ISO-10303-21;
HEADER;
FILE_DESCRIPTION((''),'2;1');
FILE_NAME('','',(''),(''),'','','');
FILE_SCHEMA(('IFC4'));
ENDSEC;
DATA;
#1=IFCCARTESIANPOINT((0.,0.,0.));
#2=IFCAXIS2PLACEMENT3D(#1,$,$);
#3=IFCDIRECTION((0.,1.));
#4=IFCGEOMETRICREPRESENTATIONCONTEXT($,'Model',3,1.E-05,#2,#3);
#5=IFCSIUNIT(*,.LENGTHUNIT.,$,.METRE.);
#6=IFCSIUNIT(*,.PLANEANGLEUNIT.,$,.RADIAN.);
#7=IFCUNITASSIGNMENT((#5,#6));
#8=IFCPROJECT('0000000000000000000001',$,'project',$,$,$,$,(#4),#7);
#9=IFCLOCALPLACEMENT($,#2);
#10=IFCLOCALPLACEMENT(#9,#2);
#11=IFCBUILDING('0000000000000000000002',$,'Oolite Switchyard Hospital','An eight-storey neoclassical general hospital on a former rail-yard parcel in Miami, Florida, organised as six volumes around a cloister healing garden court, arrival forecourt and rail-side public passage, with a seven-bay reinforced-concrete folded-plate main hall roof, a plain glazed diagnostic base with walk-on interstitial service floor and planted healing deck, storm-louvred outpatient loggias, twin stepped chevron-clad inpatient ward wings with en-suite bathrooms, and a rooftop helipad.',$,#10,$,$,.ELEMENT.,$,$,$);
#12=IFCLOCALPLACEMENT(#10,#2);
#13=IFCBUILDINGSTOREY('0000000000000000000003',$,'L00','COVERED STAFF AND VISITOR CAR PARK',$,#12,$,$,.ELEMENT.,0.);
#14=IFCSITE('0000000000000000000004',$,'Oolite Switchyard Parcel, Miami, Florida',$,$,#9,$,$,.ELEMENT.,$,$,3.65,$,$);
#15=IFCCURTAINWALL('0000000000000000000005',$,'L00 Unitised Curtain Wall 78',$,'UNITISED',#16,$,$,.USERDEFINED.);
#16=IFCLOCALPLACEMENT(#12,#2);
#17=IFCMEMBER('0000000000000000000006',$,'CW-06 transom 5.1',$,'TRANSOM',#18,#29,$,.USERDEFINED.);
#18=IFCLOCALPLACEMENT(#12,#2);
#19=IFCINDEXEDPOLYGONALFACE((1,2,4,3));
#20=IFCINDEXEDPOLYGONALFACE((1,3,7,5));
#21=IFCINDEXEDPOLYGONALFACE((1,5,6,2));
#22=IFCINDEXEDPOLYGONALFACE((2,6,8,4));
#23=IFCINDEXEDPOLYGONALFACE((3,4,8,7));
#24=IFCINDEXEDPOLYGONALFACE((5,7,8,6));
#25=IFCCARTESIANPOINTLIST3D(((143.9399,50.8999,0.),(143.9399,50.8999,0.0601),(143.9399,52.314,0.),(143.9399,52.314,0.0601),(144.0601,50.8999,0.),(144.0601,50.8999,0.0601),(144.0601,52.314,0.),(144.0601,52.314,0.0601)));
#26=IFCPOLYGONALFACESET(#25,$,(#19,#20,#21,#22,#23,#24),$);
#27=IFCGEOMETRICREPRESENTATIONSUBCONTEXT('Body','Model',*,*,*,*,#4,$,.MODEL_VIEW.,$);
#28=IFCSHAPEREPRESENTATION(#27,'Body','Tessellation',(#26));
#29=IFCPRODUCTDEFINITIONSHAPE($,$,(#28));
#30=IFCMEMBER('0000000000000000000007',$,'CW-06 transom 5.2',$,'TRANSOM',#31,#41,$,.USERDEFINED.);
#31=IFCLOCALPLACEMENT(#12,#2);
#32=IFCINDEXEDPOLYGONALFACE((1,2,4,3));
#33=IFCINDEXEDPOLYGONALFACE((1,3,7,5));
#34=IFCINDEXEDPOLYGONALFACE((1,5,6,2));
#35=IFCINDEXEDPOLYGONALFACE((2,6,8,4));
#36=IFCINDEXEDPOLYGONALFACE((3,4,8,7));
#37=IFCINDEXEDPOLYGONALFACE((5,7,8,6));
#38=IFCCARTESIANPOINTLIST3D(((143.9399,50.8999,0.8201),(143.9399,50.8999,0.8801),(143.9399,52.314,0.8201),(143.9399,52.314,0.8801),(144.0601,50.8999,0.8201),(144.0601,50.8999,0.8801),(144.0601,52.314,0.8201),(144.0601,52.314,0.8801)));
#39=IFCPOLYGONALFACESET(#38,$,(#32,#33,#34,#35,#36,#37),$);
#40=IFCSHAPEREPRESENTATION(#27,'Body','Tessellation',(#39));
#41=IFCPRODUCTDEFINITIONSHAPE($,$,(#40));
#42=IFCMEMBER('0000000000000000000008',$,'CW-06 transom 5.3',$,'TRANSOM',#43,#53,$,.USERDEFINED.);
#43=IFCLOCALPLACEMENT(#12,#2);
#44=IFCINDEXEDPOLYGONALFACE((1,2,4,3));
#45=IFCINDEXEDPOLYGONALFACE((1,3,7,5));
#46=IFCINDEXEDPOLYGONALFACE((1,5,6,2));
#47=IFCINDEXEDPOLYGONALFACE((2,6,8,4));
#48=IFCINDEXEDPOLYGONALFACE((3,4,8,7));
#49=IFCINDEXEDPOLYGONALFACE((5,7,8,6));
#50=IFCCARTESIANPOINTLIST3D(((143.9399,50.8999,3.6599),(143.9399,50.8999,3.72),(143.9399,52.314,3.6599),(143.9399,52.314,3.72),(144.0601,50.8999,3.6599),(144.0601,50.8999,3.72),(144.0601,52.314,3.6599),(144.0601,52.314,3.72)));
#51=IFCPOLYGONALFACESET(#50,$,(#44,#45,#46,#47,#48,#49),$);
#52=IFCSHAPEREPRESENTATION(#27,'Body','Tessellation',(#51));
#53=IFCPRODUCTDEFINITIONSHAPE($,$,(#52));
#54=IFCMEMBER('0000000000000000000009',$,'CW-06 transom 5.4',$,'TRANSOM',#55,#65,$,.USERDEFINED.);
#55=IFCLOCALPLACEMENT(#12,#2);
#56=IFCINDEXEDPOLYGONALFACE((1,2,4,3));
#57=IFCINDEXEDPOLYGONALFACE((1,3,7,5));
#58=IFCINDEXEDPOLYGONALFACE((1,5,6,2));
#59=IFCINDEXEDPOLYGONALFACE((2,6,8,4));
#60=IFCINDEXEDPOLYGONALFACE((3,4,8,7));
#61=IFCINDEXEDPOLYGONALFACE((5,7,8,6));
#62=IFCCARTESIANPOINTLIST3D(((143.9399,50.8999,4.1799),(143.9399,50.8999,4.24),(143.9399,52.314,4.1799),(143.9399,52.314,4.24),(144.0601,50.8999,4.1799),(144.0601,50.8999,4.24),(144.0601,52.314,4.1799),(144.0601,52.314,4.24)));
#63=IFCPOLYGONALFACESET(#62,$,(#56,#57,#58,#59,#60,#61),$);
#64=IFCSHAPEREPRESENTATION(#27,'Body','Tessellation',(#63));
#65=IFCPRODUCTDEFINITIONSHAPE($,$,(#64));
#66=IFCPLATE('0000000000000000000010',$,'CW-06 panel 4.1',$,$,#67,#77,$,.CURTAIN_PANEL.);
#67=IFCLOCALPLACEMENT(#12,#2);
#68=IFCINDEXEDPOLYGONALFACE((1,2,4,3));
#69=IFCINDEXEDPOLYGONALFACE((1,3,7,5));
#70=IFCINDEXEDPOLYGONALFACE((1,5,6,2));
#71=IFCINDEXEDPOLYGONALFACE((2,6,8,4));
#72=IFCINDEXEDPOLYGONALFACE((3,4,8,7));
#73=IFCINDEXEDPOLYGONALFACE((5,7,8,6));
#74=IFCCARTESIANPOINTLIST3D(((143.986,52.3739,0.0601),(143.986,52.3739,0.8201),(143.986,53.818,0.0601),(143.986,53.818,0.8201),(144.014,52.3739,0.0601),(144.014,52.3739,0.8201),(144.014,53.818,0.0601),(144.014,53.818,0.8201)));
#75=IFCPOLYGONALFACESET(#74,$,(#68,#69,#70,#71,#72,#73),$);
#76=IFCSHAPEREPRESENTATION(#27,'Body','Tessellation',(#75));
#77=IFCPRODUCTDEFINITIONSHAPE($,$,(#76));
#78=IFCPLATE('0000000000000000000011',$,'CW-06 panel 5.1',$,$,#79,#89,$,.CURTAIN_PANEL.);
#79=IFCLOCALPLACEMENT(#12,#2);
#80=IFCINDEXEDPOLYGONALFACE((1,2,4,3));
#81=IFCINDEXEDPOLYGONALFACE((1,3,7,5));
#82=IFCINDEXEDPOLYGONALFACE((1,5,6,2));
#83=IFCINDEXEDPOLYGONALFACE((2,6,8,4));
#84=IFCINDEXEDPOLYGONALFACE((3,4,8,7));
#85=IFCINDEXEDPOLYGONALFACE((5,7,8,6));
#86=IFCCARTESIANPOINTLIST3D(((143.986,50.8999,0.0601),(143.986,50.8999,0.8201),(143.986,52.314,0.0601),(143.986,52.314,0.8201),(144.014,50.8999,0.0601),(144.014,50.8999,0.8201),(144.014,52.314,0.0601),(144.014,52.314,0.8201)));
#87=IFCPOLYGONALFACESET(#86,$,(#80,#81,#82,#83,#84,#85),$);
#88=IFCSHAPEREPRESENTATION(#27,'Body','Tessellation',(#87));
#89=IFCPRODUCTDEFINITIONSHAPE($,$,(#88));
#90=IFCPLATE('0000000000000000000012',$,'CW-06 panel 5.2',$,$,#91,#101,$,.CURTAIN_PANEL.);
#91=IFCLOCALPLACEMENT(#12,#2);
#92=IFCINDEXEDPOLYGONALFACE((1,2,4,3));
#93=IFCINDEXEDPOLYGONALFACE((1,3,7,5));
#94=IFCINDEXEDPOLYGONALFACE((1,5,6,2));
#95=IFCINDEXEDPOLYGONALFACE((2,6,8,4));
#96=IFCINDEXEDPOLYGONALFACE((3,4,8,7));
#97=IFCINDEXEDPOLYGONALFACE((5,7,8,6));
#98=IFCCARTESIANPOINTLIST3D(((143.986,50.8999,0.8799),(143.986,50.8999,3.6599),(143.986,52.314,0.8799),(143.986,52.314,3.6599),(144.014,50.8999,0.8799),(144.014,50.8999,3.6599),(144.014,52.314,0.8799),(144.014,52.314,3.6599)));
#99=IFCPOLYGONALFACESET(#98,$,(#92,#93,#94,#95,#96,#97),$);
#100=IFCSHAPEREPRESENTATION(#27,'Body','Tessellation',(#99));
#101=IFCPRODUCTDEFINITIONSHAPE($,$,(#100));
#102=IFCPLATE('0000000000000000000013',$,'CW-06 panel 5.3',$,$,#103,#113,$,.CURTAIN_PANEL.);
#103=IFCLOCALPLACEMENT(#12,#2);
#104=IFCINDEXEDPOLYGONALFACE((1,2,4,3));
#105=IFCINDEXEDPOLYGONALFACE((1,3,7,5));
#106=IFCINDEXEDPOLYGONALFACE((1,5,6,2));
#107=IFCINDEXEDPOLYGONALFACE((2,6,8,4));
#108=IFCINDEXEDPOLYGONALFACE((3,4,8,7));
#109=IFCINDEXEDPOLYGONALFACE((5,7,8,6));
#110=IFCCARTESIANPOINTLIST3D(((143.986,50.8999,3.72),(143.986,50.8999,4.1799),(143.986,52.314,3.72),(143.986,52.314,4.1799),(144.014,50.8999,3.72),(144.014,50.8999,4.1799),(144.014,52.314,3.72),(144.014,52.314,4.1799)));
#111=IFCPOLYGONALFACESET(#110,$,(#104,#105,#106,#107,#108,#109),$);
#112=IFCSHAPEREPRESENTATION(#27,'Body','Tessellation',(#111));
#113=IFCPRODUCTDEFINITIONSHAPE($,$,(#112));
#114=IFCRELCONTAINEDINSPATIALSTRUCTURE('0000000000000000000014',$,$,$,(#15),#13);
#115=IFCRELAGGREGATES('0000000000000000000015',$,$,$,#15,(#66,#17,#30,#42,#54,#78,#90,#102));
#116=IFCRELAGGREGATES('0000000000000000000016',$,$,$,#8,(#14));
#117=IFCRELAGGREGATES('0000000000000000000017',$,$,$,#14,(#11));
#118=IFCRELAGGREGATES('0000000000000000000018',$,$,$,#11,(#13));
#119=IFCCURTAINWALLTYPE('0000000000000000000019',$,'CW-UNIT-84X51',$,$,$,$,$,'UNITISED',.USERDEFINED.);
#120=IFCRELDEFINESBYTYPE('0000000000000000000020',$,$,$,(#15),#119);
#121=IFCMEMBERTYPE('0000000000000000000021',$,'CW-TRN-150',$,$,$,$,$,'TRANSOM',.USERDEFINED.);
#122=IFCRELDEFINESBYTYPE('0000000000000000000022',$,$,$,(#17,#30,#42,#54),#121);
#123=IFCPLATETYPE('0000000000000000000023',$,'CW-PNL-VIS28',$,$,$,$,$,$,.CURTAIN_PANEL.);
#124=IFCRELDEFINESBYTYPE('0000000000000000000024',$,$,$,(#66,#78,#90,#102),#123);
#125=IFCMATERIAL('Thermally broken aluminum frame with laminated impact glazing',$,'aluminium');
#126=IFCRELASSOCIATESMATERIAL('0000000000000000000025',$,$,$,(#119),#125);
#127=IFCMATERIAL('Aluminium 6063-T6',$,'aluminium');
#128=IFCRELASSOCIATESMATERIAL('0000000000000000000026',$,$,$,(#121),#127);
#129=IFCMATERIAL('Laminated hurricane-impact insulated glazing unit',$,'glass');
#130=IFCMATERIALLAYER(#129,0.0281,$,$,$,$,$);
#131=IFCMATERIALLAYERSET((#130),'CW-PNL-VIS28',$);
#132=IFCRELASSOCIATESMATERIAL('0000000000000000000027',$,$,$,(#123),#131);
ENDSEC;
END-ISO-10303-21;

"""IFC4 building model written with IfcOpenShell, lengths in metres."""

from ifc_helpers import new_model, si_unit, direction, frame, origin, origin_2d, place, context, subcontext, project, spatial, rectangle, extrude, material, layer, layer_set, material_profile, profile_set, type_object, element, aggregate, save


model = new_model("IFC4")

# Units and contexts
model_context = context("Model", 3, precision=1e-05, world=origin(), true_north=direction((0.0, 1.0)))
body_context = subcontext(model_context, "Body", "Model", "MODEL_VIEW")
ifc_project = project(units=[si_unit("LENGTHUNIT", "METRE"), si_unit("PLANEANGLEUNIT", "RADIAN")], contexts=[model_context])

# Site, building, storey
site_placement = place(None, origin())
site = spatial("IfcSite", under=ifc_project, at=site_placement, Name="Oolite Switchyard Parcel, Miami, Florida", CompositionType="ELEMENT", RefElevation=3.65)
building_placement = place(site_placement, origin())
building = spatial("IfcBuilding", under=site, at=building_placement, Name="Oolite Switchyard Hospital", Description="An eight-storey neoclassical general hospital on a former rail-yard parcel in Miami, Florida, organised as six volumes around a cloister healing garden court, arrival forecourt and rail-side public passage, with a seven-bay reinforced-concrete folded-plate main hall roof, a plain glazed diagnostic base with walk-on interstitial service floor and planted healing deck, storm-louvred outpatient loggias, twin stepped chevron-clad inpatient ward wings with en-suite bathrooms, and a rooftop helipad.", CompositionType="ELEMENT")
storey_placement = place(building_placement, origin())
storey = spatial("IfcBuildingStorey", under=building, at=storey_placement, Name="L00", Description="COVERED STAFF AND VISITOR CAR PARK", CompositionType="ELEMENT", Elevation=0.0)

# Curtain wall, members, plates
ifc_material_1 = material(Name="Thermally broken aluminum frame with laminated impact glazing", Category="aluminium")
curtain_wall_type = type_object("IfcCurtainWallType", Name="CW-UNIT-84X51", ElementType="UNITISED", PredefinedType="USERDEFINED", material=ifc_material_1)
curtain_wall_placement = place(storey_placement, origin())
curtain_wall = element("IfcCurtainWall", 1, at=curtain_wall_placement, inside=storey, type_object=curtain_wall_type, Name="L00 Unitised Curtain Wall 78", ObjectType="UNITISED", PredefinedType="USERDEFINED")
ifc_material_2 = material(Name="Aluminium 6063-T6", Category="aluminium")
ifc_material_profile_1 = material_profile(ifc_material_2, rectangle(XDim=0.1201, YDim=0.0601, at=origin_2d()), Name="CWT60X120")
ifc_profile_set_1 = profile_set([ifc_material_profile_1], Name="Aluminium 6063-T6")
member_type_1 = type_object("IfcMemberType", Name="CW-TRN-150", ElementType="TRANSOM", PredefinedType="USERDEFINED", material=ifc_profile_set_1)
member_1_placement = place(storey_placement, frame((144.0, 52.314, 0.03), z_axis=(0.0, -1.0, 0.0), x_axis=(1.0, 0.0, 0.0)))
member_1 = element("IfcMember", 2, at=member_1_placement, type_object=member_type_1, Name="CW-06 transom 5.1", ObjectType="TRANSOM", PredefinedType="USERDEFINED", context=body_context, shape_type="SweptSolid", body=[
    extrude(rectangle(XDim=0.1201, YDim=0.0601, at=origin_2d()), origin(), (0.0, 0.0, 1.0), 1.4141),
])
member_2_placement = place(storey_placement, frame((144.0, 52.314, 0.8501), z_axis=(0.0, -1.0, 0.0), x_axis=(1.0, 0.0, 0.0)))
member_2 = element("IfcMember", 3, at=member_2_placement, type_object=member_type_1, Name="CW-06 transom 5.2", ObjectType="TRANSOM", PredefinedType="USERDEFINED", context=body_context, shape_type="SweptSolid", body=[
    extrude(rectangle(XDim=0.1201, YDim=0.0601, at=origin_2d()), origin(), (0.0, 0.0, 1.0), 1.4141),
])
member_3_placement = place(storey_placement, frame((144.0, 52.314, 3.6899), z_axis=(0.0, -1.0, 0.0), x_axis=(1.0, 0.0, 0.0)))
member_3 = element("IfcMember", 4, at=member_3_placement, type_object=member_type_1, Name="CW-06 transom 5.3", ObjectType="TRANSOM", PredefinedType="USERDEFINED", context=body_context, shape_type="SweptSolid", body=[
    extrude(rectangle(XDim=0.1201, YDim=0.0601, at=origin_2d()), origin(), (0.0, 0.0, 1.0), 1.4141),
])
member_4_placement = place(storey_placement, frame((144.0, 52.314, 4.21), z_axis=(0.0, -1.0, 0.0), x_axis=(1.0, 0.0, 0.0)))
member_4 = element("IfcMember", 5, at=member_4_placement, type_object=member_type_1, Name="CW-06 transom 5.4", ObjectType="TRANSOM", PredefinedType="USERDEFINED", context=body_context, shape_type="SweptSolid", body=[
    extrude(rectangle(XDim=0.1201, YDim=0.0601, at=origin_2d()), origin(), (0.0, 0.0, 1.0), 1.4141),
])
ifc_material_3 = material(Name="Laminated hurricane-impact insulated glazing unit", Category="glass")
ifc_layer = layer(ifc_material_3, 0.0281)
ifc_layer_set = layer_set([ifc_layer], Name="CW-PNL-VIS28")
plate_type = type_object("IfcPlateType", Name="CW-PNL-VIS28", PredefinedType="CURTAIN_PANEL", material=ifc_layer_set)
plate_1_placement = place(storey_placement, frame((144.0, 53.0959, 0.0601), z_axis=(0.0, 0.0, 1.0), x_axis=(0.0, -1.0, 0.0)))
plate_1 = element("IfcPlate", 6, at=plate_1_placement, type_object=plate_type, Name="CW-06 panel 4.1", PredefinedType="CURTAIN_PANEL", context=body_context, shape_type="SweptSolid", body=[
    extrude(rectangle(XDim=1.4441, YDim=0.0281, at=origin_2d()), origin(), (0.0, 0.0, 1.0), 0.76),
])
plate_2_placement = place(storey_placement, frame((144.0, 51.6069, 0.0601), z_axis=(0.0, 0.0, 1.0), x_axis=(0.0, -1.0, 0.0)))
plate_2 = element("IfcPlate", 7, at=plate_2_placement, type_object=plate_type, Name="CW-06 panel 5.1", PredefinedType="CURTAIN_PANEL", context=body_context, shape_type="SweptSolid", body=[
    extrude(rectangle(XDim=1.4141, YDim=0.0281, at=origin_2d()), origin(), (0.0, 0.0, 1.0), 0.76),
])
plate_3_placement = place(storey_placement, frame((144.0, 51.6069, 0.8799), z_axis=(0.0, 0.0, 1.0), x_axis=(0.0, -1.0, 0.0)))
plate_3 = element("IfcPlate", 8, at=plate_3_placement, type_object=plate_type, Name="CW-06 panel 5.2", PredefinedType="CURTAIN_PANEL", context=body_context, shape_type="SweptSolid", body=[
    extrude(rectangle(XDim=1.4141, YDim=0.0281, at=origin_2d()), origin(), (0.0, 0.0, 1.0), 2.78),
])
plate_4_placement = place(storey_placement, frame((144.0, 51.6069, 3.72), z_axis=(0.0, 0.0, 1.0), x_axis=(0.0, -1.0, 0.0)))
plate_4 = element("IfcPlate", 9, at=plate_4_placement, type_object=plate_type, Name="CW-06 panel 5.3", PredefinedType="CURTAIN_PANEL", context=body_context, shape_type="SweptSolid", body=[
    extrude(rectangle(XDim=1.4141, YDim=0.0281, at=origin_2d()), origin(), (0.0, 0.0, 1.0), 0.46),
])
aggregate(curtain_wall, [plate_1, member_1, member_2, member_3, member_4, plate_2, plate_3, plate_4])

save(model, "model.ifc")
